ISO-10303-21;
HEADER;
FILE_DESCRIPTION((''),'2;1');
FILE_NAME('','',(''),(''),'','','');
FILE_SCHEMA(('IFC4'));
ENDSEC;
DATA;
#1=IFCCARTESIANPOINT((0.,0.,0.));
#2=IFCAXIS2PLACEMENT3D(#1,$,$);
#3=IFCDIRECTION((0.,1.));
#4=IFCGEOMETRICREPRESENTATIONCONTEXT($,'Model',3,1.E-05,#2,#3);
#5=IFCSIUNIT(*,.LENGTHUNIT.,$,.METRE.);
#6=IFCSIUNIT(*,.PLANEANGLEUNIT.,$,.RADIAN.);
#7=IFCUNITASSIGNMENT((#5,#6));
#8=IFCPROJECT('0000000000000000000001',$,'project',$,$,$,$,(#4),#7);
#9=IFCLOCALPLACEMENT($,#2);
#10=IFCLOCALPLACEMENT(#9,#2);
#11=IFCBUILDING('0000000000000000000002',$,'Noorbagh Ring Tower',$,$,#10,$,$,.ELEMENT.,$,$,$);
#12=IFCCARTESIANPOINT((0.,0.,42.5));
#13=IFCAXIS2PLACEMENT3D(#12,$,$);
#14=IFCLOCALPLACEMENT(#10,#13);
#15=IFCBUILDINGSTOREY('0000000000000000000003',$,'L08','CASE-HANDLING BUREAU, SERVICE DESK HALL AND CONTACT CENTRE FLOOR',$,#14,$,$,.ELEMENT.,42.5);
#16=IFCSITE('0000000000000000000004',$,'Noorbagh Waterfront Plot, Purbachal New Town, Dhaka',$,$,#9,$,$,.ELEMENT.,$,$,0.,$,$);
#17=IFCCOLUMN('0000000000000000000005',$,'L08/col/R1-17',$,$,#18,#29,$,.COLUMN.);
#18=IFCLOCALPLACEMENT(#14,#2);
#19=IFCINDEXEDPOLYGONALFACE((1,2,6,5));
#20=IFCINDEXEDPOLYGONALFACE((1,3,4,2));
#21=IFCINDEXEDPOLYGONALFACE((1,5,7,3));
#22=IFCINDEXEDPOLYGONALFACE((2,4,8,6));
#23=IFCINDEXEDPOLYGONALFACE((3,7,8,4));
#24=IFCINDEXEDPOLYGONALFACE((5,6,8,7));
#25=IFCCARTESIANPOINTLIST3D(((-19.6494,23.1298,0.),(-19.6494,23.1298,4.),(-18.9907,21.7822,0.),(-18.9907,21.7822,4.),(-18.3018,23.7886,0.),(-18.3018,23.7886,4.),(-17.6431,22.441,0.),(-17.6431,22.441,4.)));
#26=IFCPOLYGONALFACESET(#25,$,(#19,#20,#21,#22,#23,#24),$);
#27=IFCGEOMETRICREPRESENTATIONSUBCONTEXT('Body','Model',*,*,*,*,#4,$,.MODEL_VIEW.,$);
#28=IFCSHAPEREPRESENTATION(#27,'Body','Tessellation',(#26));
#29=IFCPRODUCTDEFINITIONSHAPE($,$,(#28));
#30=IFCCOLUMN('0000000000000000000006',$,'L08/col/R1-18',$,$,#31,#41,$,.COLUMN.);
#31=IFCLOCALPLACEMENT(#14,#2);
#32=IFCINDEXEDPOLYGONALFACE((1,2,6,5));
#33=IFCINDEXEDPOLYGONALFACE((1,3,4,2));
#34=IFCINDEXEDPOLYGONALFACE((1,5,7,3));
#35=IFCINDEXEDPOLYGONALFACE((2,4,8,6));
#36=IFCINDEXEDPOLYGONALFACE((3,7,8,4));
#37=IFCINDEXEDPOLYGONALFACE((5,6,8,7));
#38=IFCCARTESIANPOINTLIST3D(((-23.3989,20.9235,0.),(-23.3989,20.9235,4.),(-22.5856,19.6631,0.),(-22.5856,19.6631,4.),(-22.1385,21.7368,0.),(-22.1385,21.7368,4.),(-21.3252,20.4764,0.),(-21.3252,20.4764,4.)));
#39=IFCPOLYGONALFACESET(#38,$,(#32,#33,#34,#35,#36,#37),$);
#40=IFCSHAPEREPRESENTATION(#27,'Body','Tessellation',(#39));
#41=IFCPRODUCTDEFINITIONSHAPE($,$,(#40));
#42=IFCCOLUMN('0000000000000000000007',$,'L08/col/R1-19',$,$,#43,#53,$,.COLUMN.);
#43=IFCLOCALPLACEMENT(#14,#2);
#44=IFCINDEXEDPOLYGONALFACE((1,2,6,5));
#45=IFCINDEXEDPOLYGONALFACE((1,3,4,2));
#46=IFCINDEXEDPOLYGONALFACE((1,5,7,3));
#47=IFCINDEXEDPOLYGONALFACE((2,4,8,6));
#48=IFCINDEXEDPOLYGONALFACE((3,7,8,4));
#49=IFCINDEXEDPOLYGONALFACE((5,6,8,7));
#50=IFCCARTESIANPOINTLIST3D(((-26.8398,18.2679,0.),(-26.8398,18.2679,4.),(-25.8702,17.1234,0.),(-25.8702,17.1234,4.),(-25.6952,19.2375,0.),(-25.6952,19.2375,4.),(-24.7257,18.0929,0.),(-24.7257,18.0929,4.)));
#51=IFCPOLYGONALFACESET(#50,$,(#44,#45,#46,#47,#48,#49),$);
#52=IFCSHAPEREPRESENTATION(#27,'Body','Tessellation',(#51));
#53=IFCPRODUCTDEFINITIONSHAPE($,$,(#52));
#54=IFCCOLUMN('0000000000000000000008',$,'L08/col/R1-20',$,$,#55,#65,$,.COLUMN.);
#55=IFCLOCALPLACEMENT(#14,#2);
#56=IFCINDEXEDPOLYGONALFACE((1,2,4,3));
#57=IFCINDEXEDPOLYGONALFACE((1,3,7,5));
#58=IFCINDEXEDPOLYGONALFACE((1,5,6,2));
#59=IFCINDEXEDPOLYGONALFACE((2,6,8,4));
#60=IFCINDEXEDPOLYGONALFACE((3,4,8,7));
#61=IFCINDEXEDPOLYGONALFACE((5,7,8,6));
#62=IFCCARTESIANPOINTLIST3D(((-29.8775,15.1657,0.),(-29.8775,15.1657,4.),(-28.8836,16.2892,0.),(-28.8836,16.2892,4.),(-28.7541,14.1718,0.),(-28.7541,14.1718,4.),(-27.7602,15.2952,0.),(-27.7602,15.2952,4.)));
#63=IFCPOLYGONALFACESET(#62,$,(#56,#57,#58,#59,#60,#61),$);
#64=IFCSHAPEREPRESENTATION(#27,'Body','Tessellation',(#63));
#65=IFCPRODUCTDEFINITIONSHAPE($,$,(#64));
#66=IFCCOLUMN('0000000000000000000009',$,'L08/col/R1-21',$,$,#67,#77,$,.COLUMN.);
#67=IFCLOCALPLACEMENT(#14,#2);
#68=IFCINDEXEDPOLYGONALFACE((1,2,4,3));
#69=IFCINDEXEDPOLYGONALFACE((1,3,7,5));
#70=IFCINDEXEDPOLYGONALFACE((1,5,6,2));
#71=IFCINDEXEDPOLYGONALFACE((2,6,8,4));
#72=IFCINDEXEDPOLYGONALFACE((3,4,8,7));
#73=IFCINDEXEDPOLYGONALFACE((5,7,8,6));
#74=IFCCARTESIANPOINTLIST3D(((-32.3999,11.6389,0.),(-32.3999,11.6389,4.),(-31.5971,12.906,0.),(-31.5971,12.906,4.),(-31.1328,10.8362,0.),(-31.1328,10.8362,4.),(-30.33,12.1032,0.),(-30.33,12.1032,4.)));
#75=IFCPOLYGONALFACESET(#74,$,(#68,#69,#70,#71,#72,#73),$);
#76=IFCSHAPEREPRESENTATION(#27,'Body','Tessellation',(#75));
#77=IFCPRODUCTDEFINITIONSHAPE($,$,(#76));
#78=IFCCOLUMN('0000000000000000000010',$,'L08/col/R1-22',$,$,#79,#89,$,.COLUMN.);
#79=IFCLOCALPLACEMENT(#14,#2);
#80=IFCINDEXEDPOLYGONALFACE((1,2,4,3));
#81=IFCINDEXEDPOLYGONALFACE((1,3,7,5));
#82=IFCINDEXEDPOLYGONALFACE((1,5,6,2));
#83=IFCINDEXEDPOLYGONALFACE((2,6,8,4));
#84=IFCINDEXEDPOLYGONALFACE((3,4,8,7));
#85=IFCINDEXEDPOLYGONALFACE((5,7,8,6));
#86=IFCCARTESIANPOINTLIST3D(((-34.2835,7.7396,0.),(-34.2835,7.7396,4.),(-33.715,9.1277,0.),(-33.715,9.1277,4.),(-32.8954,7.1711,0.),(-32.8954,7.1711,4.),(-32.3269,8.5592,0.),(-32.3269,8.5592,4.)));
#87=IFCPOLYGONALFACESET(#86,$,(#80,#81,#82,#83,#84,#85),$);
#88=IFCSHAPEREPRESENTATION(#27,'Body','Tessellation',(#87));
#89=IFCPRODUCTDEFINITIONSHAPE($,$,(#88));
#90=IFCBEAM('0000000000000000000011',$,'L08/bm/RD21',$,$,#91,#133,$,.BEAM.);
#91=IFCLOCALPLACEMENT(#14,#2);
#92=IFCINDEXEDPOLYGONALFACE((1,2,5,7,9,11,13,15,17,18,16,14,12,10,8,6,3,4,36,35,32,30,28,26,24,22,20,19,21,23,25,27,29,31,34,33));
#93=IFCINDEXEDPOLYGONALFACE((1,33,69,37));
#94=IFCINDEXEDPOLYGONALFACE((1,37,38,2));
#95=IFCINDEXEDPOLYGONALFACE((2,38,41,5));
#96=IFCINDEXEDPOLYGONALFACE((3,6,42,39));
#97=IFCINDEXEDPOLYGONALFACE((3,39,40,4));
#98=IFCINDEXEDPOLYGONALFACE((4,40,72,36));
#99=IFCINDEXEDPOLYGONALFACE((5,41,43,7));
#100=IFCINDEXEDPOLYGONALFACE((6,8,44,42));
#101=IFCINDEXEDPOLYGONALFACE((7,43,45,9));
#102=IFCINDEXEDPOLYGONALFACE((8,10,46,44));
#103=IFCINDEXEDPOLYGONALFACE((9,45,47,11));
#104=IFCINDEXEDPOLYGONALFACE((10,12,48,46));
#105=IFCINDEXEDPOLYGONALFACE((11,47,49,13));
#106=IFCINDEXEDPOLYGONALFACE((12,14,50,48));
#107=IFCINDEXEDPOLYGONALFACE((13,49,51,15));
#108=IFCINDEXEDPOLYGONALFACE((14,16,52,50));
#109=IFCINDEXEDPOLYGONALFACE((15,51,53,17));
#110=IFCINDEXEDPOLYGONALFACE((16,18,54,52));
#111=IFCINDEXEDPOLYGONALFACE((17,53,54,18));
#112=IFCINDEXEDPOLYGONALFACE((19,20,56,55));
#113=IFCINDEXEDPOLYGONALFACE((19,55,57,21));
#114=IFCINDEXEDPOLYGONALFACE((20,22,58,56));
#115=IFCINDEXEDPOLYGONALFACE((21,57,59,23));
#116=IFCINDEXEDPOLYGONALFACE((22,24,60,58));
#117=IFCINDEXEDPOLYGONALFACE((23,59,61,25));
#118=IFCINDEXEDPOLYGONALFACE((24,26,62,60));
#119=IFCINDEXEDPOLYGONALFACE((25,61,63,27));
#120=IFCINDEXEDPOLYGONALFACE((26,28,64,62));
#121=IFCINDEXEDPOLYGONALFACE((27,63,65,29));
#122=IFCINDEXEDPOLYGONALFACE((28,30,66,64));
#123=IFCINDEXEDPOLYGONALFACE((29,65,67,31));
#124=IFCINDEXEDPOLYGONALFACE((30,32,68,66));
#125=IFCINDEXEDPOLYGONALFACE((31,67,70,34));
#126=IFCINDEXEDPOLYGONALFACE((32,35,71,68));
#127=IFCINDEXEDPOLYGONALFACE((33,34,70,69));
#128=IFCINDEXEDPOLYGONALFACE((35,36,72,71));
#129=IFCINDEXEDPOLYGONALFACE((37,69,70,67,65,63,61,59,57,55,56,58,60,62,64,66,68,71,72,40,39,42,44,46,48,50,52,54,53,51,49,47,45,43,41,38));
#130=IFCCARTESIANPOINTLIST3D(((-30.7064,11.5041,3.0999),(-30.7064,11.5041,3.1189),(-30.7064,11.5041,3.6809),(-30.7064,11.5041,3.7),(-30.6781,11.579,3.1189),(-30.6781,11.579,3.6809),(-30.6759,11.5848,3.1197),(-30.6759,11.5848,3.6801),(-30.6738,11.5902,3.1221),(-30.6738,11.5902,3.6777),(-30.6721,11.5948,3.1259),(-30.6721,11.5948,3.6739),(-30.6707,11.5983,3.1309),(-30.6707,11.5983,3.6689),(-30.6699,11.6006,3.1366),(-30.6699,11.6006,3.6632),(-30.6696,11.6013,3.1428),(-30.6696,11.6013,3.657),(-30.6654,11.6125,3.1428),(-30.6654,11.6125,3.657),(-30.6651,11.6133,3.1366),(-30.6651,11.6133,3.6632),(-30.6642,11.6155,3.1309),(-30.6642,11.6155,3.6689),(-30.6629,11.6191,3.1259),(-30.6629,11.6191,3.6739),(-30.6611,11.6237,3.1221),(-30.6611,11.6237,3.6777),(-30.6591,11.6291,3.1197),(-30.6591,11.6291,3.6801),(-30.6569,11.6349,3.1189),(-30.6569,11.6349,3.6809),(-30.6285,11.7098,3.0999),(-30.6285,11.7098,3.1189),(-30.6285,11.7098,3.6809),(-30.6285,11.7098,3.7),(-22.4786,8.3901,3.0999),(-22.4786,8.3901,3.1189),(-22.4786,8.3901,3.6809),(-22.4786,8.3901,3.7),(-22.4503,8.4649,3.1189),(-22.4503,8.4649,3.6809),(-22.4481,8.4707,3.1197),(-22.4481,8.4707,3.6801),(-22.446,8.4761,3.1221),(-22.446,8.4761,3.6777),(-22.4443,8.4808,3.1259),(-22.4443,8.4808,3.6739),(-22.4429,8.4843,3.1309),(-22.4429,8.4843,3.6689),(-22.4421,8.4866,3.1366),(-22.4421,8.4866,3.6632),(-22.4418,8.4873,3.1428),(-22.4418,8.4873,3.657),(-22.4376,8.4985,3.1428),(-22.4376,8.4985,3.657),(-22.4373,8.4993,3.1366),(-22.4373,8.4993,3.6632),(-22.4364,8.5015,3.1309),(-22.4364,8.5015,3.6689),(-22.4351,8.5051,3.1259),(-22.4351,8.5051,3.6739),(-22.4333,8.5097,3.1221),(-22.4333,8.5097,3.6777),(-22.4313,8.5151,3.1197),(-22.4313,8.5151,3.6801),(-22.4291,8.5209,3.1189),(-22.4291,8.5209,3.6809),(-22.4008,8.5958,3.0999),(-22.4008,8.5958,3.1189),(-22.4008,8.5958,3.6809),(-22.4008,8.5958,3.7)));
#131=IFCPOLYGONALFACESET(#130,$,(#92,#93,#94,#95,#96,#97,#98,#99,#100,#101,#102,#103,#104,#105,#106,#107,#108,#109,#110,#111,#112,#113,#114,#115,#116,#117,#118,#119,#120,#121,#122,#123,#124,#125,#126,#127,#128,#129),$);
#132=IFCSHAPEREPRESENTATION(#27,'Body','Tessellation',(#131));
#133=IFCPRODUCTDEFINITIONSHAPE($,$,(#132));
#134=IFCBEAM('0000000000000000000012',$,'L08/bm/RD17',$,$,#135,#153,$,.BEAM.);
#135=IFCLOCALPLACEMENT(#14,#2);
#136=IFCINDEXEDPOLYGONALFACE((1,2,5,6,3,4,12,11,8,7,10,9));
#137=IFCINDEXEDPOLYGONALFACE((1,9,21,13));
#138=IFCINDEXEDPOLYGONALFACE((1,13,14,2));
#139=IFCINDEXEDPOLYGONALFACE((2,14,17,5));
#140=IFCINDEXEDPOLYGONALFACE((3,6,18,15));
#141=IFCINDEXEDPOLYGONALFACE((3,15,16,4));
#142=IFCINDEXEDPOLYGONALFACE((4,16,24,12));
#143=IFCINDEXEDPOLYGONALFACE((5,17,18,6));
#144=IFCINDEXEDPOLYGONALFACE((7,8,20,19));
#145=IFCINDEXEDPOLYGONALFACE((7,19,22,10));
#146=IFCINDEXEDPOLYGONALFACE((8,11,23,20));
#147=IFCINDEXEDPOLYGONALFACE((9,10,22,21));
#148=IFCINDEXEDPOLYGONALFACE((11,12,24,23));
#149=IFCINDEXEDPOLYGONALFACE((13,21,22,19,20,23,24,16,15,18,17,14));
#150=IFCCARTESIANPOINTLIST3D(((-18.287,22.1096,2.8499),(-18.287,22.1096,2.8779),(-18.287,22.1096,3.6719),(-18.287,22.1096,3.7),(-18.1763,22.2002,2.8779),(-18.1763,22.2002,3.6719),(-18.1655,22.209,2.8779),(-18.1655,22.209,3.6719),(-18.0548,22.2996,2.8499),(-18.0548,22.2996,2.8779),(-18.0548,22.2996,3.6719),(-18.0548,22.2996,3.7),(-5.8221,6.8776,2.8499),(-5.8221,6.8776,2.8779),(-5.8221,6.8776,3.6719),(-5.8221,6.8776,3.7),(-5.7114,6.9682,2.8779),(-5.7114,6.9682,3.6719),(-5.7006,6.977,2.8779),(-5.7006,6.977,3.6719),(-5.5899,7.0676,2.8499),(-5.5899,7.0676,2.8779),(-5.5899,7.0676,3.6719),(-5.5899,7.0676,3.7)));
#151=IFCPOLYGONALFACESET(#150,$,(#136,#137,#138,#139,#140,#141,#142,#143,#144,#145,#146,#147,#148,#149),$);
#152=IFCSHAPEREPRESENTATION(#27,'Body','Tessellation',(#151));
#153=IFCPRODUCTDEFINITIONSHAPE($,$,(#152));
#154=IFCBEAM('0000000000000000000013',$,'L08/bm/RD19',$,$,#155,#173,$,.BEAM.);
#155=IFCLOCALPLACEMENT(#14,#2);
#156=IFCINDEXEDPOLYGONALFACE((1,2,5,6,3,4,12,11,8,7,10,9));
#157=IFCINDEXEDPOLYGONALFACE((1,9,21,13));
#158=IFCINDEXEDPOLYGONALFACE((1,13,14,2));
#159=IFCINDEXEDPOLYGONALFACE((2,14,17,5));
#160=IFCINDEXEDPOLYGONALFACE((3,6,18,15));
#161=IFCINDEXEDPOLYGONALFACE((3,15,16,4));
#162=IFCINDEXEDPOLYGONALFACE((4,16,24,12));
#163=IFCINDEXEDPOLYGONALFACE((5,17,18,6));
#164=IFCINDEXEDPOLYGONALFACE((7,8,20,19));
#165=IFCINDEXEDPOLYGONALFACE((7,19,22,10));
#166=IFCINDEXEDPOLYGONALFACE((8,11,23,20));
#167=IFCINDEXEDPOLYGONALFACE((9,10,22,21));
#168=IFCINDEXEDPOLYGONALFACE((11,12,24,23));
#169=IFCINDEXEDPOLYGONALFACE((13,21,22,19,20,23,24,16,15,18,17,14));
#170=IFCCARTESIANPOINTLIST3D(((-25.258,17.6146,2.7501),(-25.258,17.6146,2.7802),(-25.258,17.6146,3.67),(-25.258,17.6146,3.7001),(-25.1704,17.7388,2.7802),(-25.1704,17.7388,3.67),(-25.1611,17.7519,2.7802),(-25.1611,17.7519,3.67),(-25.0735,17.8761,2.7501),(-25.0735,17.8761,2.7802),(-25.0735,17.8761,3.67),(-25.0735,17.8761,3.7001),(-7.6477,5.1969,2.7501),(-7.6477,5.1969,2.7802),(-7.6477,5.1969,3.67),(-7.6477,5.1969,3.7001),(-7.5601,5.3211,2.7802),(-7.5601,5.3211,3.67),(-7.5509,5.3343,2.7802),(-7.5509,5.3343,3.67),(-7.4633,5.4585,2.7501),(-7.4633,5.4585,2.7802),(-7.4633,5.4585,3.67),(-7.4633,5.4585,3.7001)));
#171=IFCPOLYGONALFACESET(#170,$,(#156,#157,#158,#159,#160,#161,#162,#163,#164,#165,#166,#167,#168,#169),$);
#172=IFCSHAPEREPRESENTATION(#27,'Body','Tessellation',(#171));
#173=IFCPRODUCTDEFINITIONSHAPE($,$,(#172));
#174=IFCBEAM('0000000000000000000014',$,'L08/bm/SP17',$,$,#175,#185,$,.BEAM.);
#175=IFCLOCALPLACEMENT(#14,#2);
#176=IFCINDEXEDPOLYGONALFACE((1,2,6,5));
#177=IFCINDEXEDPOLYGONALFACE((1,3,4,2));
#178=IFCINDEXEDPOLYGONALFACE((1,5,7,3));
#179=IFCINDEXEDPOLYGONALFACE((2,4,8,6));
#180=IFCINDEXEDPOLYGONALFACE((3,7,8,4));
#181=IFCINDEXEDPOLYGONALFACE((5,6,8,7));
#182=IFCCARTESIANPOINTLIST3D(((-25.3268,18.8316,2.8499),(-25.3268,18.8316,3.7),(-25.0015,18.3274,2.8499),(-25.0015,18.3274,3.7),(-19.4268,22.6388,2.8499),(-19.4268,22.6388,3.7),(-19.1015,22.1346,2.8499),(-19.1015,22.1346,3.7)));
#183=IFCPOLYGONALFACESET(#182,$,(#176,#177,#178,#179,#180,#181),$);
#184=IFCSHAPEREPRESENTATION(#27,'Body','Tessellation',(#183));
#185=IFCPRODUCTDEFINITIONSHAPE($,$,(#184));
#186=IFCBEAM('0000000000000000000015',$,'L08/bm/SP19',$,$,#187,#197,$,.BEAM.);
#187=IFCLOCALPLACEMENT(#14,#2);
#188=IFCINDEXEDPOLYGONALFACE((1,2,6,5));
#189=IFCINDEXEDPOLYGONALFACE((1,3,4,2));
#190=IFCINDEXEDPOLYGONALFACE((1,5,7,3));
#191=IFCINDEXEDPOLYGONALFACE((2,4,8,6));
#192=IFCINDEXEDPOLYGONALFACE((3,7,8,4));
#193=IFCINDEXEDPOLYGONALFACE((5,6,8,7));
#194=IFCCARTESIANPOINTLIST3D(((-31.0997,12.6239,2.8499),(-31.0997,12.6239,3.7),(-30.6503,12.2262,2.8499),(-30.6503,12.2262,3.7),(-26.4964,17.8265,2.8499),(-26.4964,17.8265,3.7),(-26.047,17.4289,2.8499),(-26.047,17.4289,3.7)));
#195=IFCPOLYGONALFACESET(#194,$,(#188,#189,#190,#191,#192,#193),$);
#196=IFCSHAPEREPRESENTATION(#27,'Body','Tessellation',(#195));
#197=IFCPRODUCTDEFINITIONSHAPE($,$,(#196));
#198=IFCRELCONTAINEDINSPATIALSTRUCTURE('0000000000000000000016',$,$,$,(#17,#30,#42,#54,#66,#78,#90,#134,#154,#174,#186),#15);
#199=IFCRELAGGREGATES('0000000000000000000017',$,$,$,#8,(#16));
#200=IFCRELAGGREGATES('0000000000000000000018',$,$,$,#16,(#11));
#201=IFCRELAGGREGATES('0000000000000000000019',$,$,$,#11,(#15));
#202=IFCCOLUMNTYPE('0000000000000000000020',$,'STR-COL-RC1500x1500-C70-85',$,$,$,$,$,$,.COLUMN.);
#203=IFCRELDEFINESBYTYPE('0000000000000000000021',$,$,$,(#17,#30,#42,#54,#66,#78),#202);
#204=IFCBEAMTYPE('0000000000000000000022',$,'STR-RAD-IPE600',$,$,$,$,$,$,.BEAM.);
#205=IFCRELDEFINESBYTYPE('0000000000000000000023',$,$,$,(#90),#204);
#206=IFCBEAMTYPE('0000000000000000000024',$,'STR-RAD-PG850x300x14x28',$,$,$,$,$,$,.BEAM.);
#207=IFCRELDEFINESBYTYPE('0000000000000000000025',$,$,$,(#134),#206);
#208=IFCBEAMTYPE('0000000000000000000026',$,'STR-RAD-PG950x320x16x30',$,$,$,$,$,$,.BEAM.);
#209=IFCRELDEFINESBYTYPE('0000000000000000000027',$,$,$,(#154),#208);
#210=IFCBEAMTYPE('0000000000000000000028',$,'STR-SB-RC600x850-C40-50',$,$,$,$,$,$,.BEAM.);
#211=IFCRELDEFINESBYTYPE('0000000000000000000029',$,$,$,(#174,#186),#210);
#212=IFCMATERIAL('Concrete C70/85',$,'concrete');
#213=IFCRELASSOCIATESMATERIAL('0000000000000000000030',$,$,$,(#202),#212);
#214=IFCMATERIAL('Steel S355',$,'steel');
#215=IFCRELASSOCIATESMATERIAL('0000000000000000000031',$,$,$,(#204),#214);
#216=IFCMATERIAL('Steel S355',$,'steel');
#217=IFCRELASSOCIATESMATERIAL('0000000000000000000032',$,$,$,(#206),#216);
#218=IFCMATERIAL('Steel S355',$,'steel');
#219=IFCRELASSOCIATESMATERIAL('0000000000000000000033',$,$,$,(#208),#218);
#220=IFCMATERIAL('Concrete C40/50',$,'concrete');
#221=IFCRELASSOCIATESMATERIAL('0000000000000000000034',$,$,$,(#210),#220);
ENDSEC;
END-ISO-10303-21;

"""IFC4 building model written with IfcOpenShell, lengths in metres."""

from ifc_helpers import new_model, si_unit, direction, frame, origin, origin_2d, place, context, subcontext, project, spatial, rectangle, i_section, extrude, material, material_profile, profile_set, type_object, element, save


model = new_model("IFC4")

# Units and contexts
model_context = context("Model", 3, precision=1e-05, world=origin(), true_north=direction((0.0, 1.0)))
body_context = subcontext(model_context, "Body", "Model", "MODEL_VIEW")
ifc_project = project(units=[si_unit("LENGTHUNIT", "METRE"), si_unit("PLANEANGLEUNIT", "RADIAN")], contexts=[model_context])

# Site, building, storey
site_placement = place(None, origin())
site = spatial("IfcSite", under=ifc_project, at=site_placement, Name="Noorbagh Waterfront Plot, Purbachal New Town, Dhaka", CompositionType="ELEMENT", RefElevation=0.0)
building_placement = place(site_placement, origin())
building = spatial("IfcBuilding", under=site, at=building_placement, Name="Noorbagh Ring Tower", CompositionType="ELEMENT")
storey_placement = place(building_placement, frame((0.0, 0.0, 42.5)))
storey = spatial("IfcBuildingStorey", under=building, at=storey_placement, Name="L08", Description="CASE-HANDLING BUREAU, SERVICE DESK HALL AND CONTACT CENTRE FLOOR", CompositionType="ELEMENT", Elevation=42.5)

# Columns
ifc_material_1 = material(Name="Concrete C70/85", Category="concrete")
ifc_material_profile_1 = material_profile(ifc_material_1, rectangle(XDim=1.5, YDim=1.5, at=origin_2d()), Name="RC1500x1500")
ifc_profile_set_1 = profile_set([ifc_material_profile_1], Name="Concrete C70/85")
column_type = type_object("IfcColumnType", Name="STR-COL-RC1500x1500-C70-85", PredefinedType="COLUMN", material=ifc_profile_set_1)
for number, where, z_axis, x_axis, name in (
    (1, (-18.6462, 22.7854, 0.0), (0.0, 0.0, 1.0), (-0.898399, -0.43918, 0.0), "L08/col/R1-17"),
    (2, (-22.3621, 20.7, 0.0), (0.0, 0.0, 1.0), (-0.840248, -0.542203, 0.0), "L08/col/R1-18"),
    (3, (-25.7827, 18.1804, 0.0), (0.0, 0.0, 1.0), (-0.763035, -0.646357, 0.0), "L08/col/R1-19"),
    (4, (-28.8188, 15.2305, 0.0), (0.0, 0.0, 1.0), (-0.662636, -0.748942, 0.0), "L08/col/R1-20"),
    (5, (-31.365, 11.8711, 0.0), (0.0, 0.0, 1.0), (-0.53519, -0.844731, 0.0), "L08/col/R1-21"),
    (6, (-33.3052, 8.1494, 0.0), (0.0, 0.0, 1.0), (-0.378989, -0.925401, 0.0), "L08/col/R1-22"),
):
    element("IfcColumn", number, at=place(storey_placement, frame(where, z_axis=z_axis, x_axis=x_axis)), inside=storey, type_object=column_type, Name=name, PredefinedType="COLUMN", context=body_context, shape_type="SweptSolid", body=[
        extrude(rectangle(XDim=1.5, YDim=1.5, at=origin_2d()), origin(), (0.0, 0.0, 1.0), 4.0),
    ])

# Beams
ifc_material_2 = material(Name="Steel S355", Category="steel")
ifc_material_profile_2 = material_profile(ifc_material_2, i_section(OverallWidth=0.22, OverallDepth=0.6001, WebThickness=0.012, FlangeThickness=0.019, FilletRadius=0.0239, at=origin_2d()), Name="IPE600")
ifc_profile_set_2 = profile_set([ifc_material_profile_2], Name="Steel S355")
beam_type_1 = type_object("IfcBeamType", Name="STR-RAD-IPE600", PredefinedType="BEAM", material=ifc_profile_set_2)
beam_1_placement = place(storey_placement, frame((-30.6675, 11.6069, 3.3999), z_axis=(0.935256, -0.353971, 0.0), x_axis=(0.353971, 0.935256, 0.0)))
element("IfcBeam", 7, at=beam_1_placement, inside=storey, type_object=beam_type_1, Name="L08/bm/RD21", PredefinedType="BEAM", context=body_context, shape_type="SweptSolid", body=[
    extrude(i_section(OverallWidth=0.22, OverallDepth=0.6001, WebThickness=0.012, FlangeThickness=0.019, FilletRadius=0.0239, at=origin_2d()), origin(), (0.0, 0.0, 1.0), 8.7974),
])
ifc_material_3 = material(Name="Steel S355", Category="steel")
ifc_material_profile_3 = material_profile(ifc_material_3, i_section(OverallWidth=0.3, OverallDepth=0.8501, WebThickness=0.0139, FlangeThickness=0.0281, at=origin_2d()), Name="PG850x300x14x28")
ifc_profile_set_3 = profile_set([ifc_material_profile_3], Name="Steel S355")
beam_type_2 = type_object("IfcBeamType", Name="STR-RAD-PG850x300x14x28", PredefinedType="BEAM", material=ifc_profile_set_3)
beam_2_placement = place(storey_placement, frame((-18.1709, 22.2046, 3.2749), z_axis=(0.633309, -0.773899, 0.0), x_axis=(0.773899, 0.633309, 0.0)))
element("IfcBeam", 8, at=beam_2_placement, inside=storey, type_object=beam_type_2, Name="L08/bm/RD17", PredefinedType="BEAM", context=body_context, shape_type="SweptSolid", body=[
    extrude(i_section(OverallWidth=0.3, OverallDepth=0.8501, WebThickness=0.0139, FlangeThickness=0.0281, at=origin_2d()), origin(), (0.0, 0.0, 1.0), 19.6821),
])
ifc_material_4 = material(Name="Steel S355", Category="steel")
ifc_material_profile_4 = material_profile(ifc_material_4, i_section(OverallWidth=0.3201, OverallDepth=0.95, WebThickness=0.0161, FlangeThickness=0.03, at=origin_2d()), Name="PG950x320x16x30")
ifc_profile_set_4 = profile_set([ifc_material_profile_4], Name="Steel S355")
beam_type_3 = type_object("IfcBeamType", Name="STR-RAD-PG950x320x16x30", PredefinedType="BEAM", material=ifc_profile_set_4)
beam_3_placement = place(storey_placement, frame((-25.1658, 17.7454, 3.2251), z_axis=(0.817254, -0.576277, 0.0), x_axis=(0.576277, 0.817254, 0.0)))
element("IfcBeam", 9, at=beam_3_placement, inside=storey, type_object=beam_type_3, Name="L08/bm/RD19", PredefinedType="BEAM", context=body_context, shape_type="SweptSolid", body=[
    extrude(i_section(OverallWidth=0.3201, OverallDepth=0.95, WebThickness=0.0161, FlangeThickness=0.03, at=origin_2d()), origin(), (0.0, 0.0, 1.0), 21.5481),
])
ifc_material_5 = material(Name="Concrete C40/50", Category="concrete")
ifc_material_profile_5 = material_profile(ifc_material_5, rectangle(XDim=0.6001, YDim=0.8501, at=origin_2d()), Name="RC600x850")
ifc_profile_set_5 = profile_set([ifc_material_profile_5], Name="Concrete C40/50")
beam_type_4 = type_object("IfcBeamType", Name="STR-SB-RC600x850-C40-50", PredefinedType="BEAM", material=ifc_profile_set_5)
beam_4_placement = place(storey_placement, frame((-19.2642, 22.3867, 3.2749), z_axis=(-0.840249, -0.542201, 0.0), x_axis=(0.542201, -0.840249, 0.0)))
element("IfcBeam", 10, at=beam_4_placement, inside=storey, type_object=beam_type_4, Name="L08/bm/SP17", PredefinedType="BEAM", context=body_context, shape_type="SweptSolid", body=[
    extrude(rectangle(XDim=0.6001, YDim=0.8501, at=origin_2d()), origin(), (0.0, 0.0, 1.0), 7.0217),
])
beam_5_placement = place(storey_placement, frame((-26.2717, 17.6277, 3.2749), z_axis=(-0.66265, -0.748929, 0.0), x_axis=(0.748929, -0.66265, 0.0)))
element("IfcBeam", 11, at=beam_5_placement, inside=storey, type_object=beam_type_4, Name="L08/bm/SP19", PredefinedType="BEAM", context=body_context, shape_type="SweptSolid", body=[
    extrude(rectangle(XDim=0.6001, YDim=0.8501, at=origin_2d()), origin(), (0.0, 0.0, 1.0), 6.9468),
])

save(model, "model.ifc")
